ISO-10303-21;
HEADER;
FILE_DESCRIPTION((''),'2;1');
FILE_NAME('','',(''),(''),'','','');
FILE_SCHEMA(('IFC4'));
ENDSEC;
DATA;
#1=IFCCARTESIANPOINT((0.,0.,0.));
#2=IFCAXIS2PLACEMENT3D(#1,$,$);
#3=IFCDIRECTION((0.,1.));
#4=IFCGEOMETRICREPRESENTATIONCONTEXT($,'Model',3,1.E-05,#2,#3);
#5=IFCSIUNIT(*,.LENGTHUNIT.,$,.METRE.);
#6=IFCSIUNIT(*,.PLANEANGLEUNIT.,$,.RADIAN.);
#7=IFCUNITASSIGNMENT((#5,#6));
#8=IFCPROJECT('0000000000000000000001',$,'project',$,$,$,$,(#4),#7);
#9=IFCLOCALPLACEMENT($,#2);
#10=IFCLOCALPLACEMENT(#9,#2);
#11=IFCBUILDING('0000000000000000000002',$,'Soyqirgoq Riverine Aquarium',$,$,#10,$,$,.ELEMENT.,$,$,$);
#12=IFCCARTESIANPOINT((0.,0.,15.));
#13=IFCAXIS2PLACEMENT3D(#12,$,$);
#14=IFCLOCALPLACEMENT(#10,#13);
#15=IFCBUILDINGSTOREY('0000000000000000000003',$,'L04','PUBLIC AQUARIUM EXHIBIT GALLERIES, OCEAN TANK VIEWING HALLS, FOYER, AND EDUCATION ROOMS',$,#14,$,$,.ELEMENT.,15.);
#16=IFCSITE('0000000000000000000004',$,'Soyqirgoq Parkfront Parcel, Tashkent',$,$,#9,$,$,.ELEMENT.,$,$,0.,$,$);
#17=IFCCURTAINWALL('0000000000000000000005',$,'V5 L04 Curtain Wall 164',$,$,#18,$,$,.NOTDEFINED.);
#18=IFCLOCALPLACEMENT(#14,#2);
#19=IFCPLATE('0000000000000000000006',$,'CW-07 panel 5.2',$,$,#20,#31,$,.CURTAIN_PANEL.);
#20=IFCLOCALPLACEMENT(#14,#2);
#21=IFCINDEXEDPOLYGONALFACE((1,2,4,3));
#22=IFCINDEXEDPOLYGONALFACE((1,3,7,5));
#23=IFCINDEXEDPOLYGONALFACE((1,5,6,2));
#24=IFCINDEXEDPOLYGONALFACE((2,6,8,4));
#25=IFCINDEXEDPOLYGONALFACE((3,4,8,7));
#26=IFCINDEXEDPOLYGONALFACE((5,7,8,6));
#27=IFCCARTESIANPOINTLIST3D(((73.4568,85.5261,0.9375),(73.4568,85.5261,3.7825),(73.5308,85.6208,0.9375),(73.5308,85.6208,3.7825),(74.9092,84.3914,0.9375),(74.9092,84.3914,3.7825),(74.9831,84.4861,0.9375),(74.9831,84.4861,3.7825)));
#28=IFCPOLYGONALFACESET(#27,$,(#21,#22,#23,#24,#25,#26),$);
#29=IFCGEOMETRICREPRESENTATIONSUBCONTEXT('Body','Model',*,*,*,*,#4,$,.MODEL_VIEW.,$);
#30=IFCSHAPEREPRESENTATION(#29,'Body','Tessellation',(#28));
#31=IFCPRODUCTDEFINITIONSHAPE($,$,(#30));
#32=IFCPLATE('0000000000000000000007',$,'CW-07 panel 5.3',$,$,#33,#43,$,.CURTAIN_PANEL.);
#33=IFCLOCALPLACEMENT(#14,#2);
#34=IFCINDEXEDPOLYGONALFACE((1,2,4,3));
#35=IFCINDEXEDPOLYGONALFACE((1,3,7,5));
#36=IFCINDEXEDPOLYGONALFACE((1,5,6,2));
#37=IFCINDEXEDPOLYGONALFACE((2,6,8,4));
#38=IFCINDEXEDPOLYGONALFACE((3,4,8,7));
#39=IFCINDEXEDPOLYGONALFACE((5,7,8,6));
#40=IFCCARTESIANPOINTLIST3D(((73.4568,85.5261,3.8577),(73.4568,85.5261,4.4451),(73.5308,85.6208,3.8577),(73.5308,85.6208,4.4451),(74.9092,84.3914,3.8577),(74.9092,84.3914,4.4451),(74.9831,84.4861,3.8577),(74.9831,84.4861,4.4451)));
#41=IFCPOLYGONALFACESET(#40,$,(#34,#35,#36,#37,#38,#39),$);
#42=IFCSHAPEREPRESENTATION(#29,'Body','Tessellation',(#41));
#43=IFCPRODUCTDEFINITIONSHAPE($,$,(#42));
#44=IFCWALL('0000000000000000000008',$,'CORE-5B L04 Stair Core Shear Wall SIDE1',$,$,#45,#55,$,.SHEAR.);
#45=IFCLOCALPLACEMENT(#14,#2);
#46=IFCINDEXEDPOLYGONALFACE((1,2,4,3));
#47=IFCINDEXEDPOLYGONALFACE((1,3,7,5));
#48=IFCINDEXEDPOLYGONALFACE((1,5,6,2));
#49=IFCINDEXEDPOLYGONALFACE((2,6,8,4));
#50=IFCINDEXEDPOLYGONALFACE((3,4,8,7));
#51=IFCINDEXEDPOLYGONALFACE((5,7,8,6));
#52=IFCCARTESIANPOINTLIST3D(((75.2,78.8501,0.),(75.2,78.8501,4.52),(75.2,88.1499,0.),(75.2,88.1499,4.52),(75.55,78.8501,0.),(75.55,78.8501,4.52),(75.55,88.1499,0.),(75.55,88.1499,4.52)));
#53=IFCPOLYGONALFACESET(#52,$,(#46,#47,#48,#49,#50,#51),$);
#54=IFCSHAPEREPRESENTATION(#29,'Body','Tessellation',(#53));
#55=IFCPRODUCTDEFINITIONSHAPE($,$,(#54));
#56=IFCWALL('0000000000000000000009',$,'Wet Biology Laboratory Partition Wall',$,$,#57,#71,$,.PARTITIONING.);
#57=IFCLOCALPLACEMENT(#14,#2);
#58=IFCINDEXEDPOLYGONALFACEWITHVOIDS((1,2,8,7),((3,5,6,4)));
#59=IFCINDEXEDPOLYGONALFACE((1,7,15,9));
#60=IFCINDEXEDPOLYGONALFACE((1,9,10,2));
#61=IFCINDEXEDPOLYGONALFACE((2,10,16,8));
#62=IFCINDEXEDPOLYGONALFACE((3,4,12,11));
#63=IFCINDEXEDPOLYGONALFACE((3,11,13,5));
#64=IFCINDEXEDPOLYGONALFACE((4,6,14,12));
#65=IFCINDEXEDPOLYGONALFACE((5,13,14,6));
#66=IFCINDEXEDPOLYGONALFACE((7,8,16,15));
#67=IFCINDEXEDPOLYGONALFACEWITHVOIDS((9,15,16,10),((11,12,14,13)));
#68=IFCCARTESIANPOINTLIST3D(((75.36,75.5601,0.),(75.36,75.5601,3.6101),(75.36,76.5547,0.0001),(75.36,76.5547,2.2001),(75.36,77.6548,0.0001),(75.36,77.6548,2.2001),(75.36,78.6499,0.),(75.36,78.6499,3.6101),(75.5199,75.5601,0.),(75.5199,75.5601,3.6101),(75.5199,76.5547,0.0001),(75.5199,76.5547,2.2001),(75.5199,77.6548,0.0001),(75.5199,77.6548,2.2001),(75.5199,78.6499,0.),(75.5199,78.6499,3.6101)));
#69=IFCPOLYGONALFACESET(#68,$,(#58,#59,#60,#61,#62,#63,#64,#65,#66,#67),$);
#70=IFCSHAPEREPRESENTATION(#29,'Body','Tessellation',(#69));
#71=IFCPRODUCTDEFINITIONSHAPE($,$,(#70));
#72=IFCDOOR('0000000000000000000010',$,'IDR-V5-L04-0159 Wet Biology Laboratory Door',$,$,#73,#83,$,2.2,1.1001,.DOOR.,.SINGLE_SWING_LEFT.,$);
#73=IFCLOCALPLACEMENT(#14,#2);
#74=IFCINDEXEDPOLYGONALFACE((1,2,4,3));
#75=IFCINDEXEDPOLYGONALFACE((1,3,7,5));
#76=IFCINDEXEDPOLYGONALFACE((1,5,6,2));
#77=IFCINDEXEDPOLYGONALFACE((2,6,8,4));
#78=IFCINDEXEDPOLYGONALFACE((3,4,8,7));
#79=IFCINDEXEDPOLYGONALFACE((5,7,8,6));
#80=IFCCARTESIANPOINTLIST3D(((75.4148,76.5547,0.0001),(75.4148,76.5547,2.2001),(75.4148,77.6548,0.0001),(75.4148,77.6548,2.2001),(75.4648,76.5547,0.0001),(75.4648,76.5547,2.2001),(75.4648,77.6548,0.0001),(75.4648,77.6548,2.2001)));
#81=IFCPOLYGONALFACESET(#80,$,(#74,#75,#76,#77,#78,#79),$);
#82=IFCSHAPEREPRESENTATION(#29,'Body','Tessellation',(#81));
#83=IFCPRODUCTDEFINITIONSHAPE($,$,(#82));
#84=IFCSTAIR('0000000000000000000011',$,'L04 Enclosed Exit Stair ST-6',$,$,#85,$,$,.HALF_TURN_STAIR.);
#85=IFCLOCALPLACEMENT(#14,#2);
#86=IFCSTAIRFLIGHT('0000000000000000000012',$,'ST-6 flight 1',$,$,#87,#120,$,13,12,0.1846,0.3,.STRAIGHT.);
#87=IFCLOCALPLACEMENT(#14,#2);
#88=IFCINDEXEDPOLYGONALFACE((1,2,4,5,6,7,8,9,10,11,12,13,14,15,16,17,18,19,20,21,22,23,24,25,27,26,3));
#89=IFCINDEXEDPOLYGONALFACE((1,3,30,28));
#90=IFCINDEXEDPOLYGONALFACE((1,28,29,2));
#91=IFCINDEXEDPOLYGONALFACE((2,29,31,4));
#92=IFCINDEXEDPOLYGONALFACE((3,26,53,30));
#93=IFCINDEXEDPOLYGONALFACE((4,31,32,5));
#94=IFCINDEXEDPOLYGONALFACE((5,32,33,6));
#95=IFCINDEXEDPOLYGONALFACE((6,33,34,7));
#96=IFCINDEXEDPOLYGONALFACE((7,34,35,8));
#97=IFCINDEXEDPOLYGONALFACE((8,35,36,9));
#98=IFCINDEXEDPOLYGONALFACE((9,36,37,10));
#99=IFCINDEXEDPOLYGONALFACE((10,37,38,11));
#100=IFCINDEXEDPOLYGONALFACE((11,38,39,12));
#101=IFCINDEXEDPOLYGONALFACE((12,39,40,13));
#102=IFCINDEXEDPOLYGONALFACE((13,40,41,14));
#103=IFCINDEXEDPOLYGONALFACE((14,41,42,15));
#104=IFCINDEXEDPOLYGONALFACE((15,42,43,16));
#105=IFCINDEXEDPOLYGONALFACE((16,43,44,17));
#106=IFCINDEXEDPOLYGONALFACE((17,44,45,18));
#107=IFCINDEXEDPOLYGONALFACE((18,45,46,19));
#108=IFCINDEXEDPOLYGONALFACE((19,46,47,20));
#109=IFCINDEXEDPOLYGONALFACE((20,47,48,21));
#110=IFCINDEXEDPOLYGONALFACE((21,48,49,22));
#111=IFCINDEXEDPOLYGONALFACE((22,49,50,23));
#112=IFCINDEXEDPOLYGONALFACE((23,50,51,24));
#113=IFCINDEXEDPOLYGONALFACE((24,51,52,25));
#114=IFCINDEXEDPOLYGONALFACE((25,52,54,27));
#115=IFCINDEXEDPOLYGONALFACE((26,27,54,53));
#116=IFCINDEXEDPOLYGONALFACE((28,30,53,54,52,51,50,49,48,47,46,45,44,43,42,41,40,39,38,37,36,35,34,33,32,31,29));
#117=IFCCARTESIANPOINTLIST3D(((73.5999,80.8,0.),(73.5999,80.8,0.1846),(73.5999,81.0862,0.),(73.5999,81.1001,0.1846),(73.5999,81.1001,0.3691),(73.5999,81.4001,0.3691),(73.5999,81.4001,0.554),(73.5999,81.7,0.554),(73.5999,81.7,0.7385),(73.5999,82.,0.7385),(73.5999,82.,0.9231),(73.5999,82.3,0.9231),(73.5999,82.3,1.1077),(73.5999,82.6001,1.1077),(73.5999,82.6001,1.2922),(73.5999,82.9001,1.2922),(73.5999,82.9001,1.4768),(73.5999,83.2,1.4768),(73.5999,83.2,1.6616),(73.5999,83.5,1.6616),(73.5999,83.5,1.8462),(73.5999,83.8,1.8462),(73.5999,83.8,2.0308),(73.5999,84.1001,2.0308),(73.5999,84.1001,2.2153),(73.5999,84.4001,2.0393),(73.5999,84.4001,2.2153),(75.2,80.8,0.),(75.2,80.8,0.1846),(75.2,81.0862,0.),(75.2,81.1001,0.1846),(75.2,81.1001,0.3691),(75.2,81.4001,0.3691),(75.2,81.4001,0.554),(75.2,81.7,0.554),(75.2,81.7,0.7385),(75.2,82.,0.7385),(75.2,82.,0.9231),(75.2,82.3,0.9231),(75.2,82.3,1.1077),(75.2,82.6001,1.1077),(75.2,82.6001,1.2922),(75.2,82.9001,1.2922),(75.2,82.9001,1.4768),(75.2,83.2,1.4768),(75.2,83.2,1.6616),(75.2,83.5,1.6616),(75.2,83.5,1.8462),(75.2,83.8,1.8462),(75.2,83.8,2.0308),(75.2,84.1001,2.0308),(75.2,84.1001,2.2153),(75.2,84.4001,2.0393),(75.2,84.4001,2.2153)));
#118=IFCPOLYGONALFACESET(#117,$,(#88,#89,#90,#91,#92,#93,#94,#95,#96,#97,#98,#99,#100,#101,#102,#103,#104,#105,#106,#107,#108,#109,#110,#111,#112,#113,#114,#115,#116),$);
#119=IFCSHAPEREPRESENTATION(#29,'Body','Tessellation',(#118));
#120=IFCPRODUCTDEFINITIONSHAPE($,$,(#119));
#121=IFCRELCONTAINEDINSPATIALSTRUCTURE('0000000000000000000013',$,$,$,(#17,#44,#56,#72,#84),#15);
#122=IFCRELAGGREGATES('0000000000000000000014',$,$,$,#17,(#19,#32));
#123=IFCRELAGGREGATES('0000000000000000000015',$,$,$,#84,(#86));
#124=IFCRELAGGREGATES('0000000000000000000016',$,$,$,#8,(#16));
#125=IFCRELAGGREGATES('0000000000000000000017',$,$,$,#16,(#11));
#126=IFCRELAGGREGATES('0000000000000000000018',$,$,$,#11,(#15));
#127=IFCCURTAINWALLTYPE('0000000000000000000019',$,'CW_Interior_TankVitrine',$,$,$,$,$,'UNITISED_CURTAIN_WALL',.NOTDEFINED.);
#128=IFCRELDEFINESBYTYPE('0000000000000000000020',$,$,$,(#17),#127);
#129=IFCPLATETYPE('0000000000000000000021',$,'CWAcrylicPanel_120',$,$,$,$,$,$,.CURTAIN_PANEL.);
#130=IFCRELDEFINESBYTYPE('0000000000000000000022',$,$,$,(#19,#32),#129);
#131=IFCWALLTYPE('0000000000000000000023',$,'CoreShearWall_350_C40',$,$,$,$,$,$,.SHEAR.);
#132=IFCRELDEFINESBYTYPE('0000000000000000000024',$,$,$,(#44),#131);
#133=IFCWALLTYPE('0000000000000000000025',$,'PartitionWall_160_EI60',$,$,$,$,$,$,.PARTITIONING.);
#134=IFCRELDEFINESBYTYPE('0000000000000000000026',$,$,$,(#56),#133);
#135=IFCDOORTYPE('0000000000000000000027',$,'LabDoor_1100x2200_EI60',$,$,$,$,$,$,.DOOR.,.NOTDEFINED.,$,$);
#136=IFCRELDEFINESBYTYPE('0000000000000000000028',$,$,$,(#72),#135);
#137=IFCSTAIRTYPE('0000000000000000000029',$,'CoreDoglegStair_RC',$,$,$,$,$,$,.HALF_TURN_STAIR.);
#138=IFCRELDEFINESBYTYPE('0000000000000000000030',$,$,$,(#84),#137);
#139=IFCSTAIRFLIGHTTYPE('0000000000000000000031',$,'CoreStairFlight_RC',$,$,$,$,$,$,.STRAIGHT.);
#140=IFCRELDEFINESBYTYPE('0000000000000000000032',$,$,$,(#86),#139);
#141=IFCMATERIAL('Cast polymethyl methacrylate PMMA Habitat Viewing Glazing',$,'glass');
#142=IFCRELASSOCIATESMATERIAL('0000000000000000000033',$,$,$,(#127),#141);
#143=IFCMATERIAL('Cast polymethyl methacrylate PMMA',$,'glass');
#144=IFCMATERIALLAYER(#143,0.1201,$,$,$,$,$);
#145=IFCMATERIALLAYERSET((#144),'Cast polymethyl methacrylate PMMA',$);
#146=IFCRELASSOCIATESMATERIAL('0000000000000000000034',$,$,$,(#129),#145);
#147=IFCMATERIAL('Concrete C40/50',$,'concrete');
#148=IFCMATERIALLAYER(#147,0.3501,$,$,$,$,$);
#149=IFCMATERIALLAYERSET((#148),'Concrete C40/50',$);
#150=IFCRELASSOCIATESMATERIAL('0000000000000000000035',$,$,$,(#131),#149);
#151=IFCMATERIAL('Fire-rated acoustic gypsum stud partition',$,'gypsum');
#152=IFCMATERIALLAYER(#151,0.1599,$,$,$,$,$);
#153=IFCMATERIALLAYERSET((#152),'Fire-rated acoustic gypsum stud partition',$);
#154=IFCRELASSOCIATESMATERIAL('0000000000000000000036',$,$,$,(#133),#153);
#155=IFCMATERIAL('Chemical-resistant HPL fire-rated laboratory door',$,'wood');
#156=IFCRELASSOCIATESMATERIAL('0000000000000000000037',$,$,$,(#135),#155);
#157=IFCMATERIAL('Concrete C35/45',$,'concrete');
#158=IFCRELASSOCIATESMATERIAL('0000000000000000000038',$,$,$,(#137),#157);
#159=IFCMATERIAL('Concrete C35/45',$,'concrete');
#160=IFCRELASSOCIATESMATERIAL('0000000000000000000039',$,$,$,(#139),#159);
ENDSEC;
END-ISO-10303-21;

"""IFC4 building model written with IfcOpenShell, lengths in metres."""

from ifc_helpers import new_model, si_unit, direction, frame, frame_2d, origin, origin_2d, place, context, subcontext, project, spatial, polyline, rectangle, outline, extrude, material, layer, layer_set, type_object, element, fill, aggregate, save


model = new_model("IFC4")

# Units and contexts
model_context = context("Model", 3, precision=1e-05, world=origin(), true_north=direction((0.0, 1.0)))
body_context = subcontext(model_context, "Body", "Model", "MODEL_VIEW")
ifc_project = project(units=[si_unit("LENGTHUNIT", "METRE"), si_unit("PLANEANGLEUNIT", "RADIAN")], contexts=[model_context])

# Site, building, storey
site_placement = place(None, origin())
site = spatial("IfcSite", under=ifc_project, at=site_placement, Name="Soyqirgoq Parkfront Parcel, Tashkent", CompositionType="ELEMENT", RefElevation=0.0)
building_placement = place(site_placement, origin())
building = spatial("IfcBuilding", under=site, at=building_placement, Name="Soyqirgoq Riverine Aquarium", CompositionType="ELEMENT")
storey_placement = place(building_placement, frame((0.0, 0.0, 15.0)))
storey = spatial("IfcBuildingStorey", under=building, at=storey_placement, Name="L04", Description="PUBLIC AQUARIUM EXHIBIT GALLERIES, OCEAN TANK VIEWING HALLS, FOYER, AND EDUCATION ROOMS", CompositionType="ELEMENT", Elevation=15.0)

# Curtain wall, plates
ifc_material_1 = material(Name="Cast polymethyl methacrylate PMMA Habitat Viewing Glazing", Category="glass")
curtain_wall_type = type_object("IfcCurtainWallType", Name="CW_Interior_TankVitrine", ElementType="UNITISED_CURTAIN_WALL", PredefinedType="NOTDEFINED", material=ifc_material_1)
curtain_wall_placement = place(storey_placement, origin())
curtain_wall = element("IfcCurtainWall", 1, at=curtain_wall_placement, inside=storey, type_object=curtain_wall_type, Name="V5 L04 Curtain Wall 164", PredefinedType="NOTDEFINED")
ifc_material_2 = material(Name="Cast polymethyl methacrylate PMMA", Category="glass")
ifc_layer_1 = layer(ifc_material_2, 0.1201)
ifc_layer_set_1 = layer_set([ifc_layer_1], Name="Cast polymethyl methacrylate PMMA")
plate_type = type_object("IfcPlateType", Name="CWAcrylicPanel_120", PredefinedType="CURTAIN_PANEL", material=ifc_layer_set_1)
plate_1_placement = place(storey_placement, frame((74.22, 85.0061, 0.9375), z_axis=(0.0, 0.0, 1.0), x_axis=(-0.788016, 0.615655, 0.0)))
plate_1 = element("IfcPlate", 2, at=plate_1_placement, type_object=plate_type, Name="CW-07 panel 5.2", PredefinedType="CURTAIN_PANEL", context=body_context, shape_type="SweptSolid", body=[
    extrude(rectangle(XDim=1.843, YDim=0.1201, at=origin_2d()), origin(), (0.0, 0.0, 1.0), 2.845),
])
plate_2_placement = place(storey_placement, frame((74.22, 85.0061, 3.8577), z_axis=(0.0, 0.0, 1.0), x_axis=(-0.788016, 0.615655, 0.0)))
plate_2 = element("IfcPlate", 3, at=plate_2_placement, type_object=plate_type, Name="CW-07 panel 5.3", PredefinedType="CURTAIN_PANEL", context=body_context, shape_type="SweptSolid", body=[
    extrude(rectangle(XDim=1.843, YDim=0.1201, at=origin_2d()), origin(), (0.0, 0.0, 1.0), 0.5874),
])
aggregate(curtain_wall, [plate_1, plate_2])

# Wall
ifc_material_3 = material(Name="Concrete C40/50", Category="concrete")
ifc_layer_2 = layer(ifc_material_3, 0.3501)
ifc_layer_set_2 = layer_set([ifc_layer_2], Name="Concrete C40/50")
wall_type_1 = type_object("IfcWallType", Name="CoreShearWall_350_C40", PredefinedType="SHEAR", material=ifc_layer_set_2)
wall_1_placement = place(storey_placement, frame((75.375, 78.8501, 0.0), z_axis=(0.0, 0.0, 1.0), x_axis=(0.0, 1.0, 0.0)))
element("IfcWall", 4, at=wall_1_placement, inside=storey, type_object=wall_type_1, Name="CORE-5B L04 Stair Core Shear Wall SIDE1", PredefinedType="SHEAR", context=body_context, shape_type="SweptSolid", body=[
    extrude(rectangle(XDim=9.2998, YDim=0.3501, at=frame_2d((4.6499, 0.0))), origin(), (0.0, 0.0, 1.0), 4.52),
])

# Wall, opening, door
ifc_material_4 = material(Name="Fire-rated acoustic gypsum stud partition", Category="gypsum")
ifc_layer_3 = layer(ifc_material_4, 0.1599)
ifc_layer_set_3 = layer_set([ifc_layer_3], Name="Fire-rated acoustic gypsum stud partition")
wall_type_2 = type_object("IfcWallType", Name="PartitionWall_160_EI60", PredefinedType="PARTITIONING", material=ifc_layer_set_3)
wall_2_placement = place(storey_placement, frame((75.4399, 78.6499, 0.0), z_axis=(0.0, 0.0, 1.0), x_axis=(0.0, -1.0, 0.0)))
wall_2 = element("IfcWall", 5, at=wall_2_placement, inside=storey, type_object=wall_type_2, Name="Wet Biology Laboratory Partition Wall", PredefinedType="PARTITIONING", context=body_context, shape_type="SweptSolid", body=[
    extrude(rectangle(XDim=3.0898, YDim=0.1599, at=frame_2d((1.5449, 0.0))), origin(), (0.0, 0.0, 1.0), 3.6101),
])
opening_placement = place(wall_2_placement, frame((0.9951, 0.0, 0.0)))
opening = element("IfcOpeningElement", 6, at=opening_placement, cuts=wall_2, PredefinedType="OPENING", context=body_context, shape_type="SweptSolid", body=[
    extrude(rectangle(XDim=1.1001, YDim=2.2, at=frame_2d((0.55, 1.1001))), frame((0.0, 0.0898, 0.0), z_axis=(0.0, -1.0, 0.0), x_axis=(1.0, 0.0, 0.0)), (0.0, 0.0, 1.0), 0.1799),
])
ifc_material_5 = material(Name="Chemical-resistant HPL fire-rated laboratory door", Category="wood")
door_type = type_object("IfcDoorType", Name="LabDoor_1100x2200_EI60", OperationType="NOTDEFINED", PredefinedType="DOOR", material=ifc_material_5)
door_placement = place(opening_placement, origin())
door = element("IfcDoor", 7, at=door_placement, inside=storey, type_object=door_type, Name="IDR-V5-L04-0159 Wet Biology Laboratory Door", OperationType="SINGLE_SWING_LEFT", OverallHeight=2.2, OverallWidth=1.1001, PredefinedType="DOOR", context=body_context, shape_type="SweptSolid", body=[
    extrude(rectangle(XDim=1.1001, YDim=2.2, at=frame_2d((0.55, 1.1001))), frame((0.0, 0.0249, 0.0), z_axis=(0.0, -1.0, 0.0), x_axis=(1.0, 0.0, 0.0)), (0.0, 0.0, 1.0), 0.05),
])
fill(opening, door)

# Stair, stair flight
ifc_material_6 = material(Name="Concrete C35/45", Category="concrete")
stair_type = type_object("IfcStairType", Name="CoreDoglegStair_RC", PredefinedType="HALF_TURN_STAIR", material=ifc_material_6)
stair_placement = place(storey_placement, origin())
stair = element("IfcStair", 8, at=stair_placement, inside=storey, type_object=stair_type, Name="L04 Enclosed Exit Stair ST-6", PredefinedType="HALF_TURN_STAIR")
ifc_material_7 = material(Name="Concrete C35/45", Category="concrete")
stair_flight_type = type_object("IfcStairFlightType", Name="CoreStairFlight_RC", PredefinedType="STRAIGHT", material=ifc_material_7)
stair_flight_placement = place(storey_placement, frame((74.3999, 80.8, 0.0), z_axis=(0.0, 0.0, 1.0), x_axis=(0.0, 1.0, 0.0)))
stair_flight = element("IfcStairFlight", 9, at=stair_flight_placement, type_object=stair_flight_type, Name="ST-6 flight 1", NumberOfRisers=13, NumberOfTreads=12, PredefinedType="STRAIGHT", RiserHeight=0.1846, TreadLength=0.3, context=body_context, shape_type="SweptSolid", body=[
    extrude(outline(polyline([(0.0, 0.0), (0.0, 0.1846), (0.3, 0.1846), (0.3, 0.3691), (0.6001, 0.3691), (0.6001, 0.554), (0.8999, 0.554), (0.8999, 0.7385), (1.2, 0.7385), (1.2, 0.9231), (1.5, 0.9231), (1.5, 1.1077), (1.8, 1.1077), (1.8, 1.2922), (2.1001, 1.2922), (2.1001, 1.4768), (2.3999, 1.4768), (2.3999, 1.6616), (2.7, 1.6616), (2.7, 1.8462), (3.0, 1.8462), (3.0, 2.0308), (3.3, 2.0308), (3.3, 2.2153), (3.6001, 2.2153), (3.6001, 2.3999), (3.6001, 2.0393), (0.2861, 0.0), (0.0, 0.0)])), frame((0.0, 0.8, 0.0), z_axis=(0.0, -1.0, 0.0), x_axis=(1.0, 0.0, 0.0)), (0.0, 0.0, 1.0), 1.6001),
])
aggregate(stair, [stair_flight])

save(model, "model.ifc")
